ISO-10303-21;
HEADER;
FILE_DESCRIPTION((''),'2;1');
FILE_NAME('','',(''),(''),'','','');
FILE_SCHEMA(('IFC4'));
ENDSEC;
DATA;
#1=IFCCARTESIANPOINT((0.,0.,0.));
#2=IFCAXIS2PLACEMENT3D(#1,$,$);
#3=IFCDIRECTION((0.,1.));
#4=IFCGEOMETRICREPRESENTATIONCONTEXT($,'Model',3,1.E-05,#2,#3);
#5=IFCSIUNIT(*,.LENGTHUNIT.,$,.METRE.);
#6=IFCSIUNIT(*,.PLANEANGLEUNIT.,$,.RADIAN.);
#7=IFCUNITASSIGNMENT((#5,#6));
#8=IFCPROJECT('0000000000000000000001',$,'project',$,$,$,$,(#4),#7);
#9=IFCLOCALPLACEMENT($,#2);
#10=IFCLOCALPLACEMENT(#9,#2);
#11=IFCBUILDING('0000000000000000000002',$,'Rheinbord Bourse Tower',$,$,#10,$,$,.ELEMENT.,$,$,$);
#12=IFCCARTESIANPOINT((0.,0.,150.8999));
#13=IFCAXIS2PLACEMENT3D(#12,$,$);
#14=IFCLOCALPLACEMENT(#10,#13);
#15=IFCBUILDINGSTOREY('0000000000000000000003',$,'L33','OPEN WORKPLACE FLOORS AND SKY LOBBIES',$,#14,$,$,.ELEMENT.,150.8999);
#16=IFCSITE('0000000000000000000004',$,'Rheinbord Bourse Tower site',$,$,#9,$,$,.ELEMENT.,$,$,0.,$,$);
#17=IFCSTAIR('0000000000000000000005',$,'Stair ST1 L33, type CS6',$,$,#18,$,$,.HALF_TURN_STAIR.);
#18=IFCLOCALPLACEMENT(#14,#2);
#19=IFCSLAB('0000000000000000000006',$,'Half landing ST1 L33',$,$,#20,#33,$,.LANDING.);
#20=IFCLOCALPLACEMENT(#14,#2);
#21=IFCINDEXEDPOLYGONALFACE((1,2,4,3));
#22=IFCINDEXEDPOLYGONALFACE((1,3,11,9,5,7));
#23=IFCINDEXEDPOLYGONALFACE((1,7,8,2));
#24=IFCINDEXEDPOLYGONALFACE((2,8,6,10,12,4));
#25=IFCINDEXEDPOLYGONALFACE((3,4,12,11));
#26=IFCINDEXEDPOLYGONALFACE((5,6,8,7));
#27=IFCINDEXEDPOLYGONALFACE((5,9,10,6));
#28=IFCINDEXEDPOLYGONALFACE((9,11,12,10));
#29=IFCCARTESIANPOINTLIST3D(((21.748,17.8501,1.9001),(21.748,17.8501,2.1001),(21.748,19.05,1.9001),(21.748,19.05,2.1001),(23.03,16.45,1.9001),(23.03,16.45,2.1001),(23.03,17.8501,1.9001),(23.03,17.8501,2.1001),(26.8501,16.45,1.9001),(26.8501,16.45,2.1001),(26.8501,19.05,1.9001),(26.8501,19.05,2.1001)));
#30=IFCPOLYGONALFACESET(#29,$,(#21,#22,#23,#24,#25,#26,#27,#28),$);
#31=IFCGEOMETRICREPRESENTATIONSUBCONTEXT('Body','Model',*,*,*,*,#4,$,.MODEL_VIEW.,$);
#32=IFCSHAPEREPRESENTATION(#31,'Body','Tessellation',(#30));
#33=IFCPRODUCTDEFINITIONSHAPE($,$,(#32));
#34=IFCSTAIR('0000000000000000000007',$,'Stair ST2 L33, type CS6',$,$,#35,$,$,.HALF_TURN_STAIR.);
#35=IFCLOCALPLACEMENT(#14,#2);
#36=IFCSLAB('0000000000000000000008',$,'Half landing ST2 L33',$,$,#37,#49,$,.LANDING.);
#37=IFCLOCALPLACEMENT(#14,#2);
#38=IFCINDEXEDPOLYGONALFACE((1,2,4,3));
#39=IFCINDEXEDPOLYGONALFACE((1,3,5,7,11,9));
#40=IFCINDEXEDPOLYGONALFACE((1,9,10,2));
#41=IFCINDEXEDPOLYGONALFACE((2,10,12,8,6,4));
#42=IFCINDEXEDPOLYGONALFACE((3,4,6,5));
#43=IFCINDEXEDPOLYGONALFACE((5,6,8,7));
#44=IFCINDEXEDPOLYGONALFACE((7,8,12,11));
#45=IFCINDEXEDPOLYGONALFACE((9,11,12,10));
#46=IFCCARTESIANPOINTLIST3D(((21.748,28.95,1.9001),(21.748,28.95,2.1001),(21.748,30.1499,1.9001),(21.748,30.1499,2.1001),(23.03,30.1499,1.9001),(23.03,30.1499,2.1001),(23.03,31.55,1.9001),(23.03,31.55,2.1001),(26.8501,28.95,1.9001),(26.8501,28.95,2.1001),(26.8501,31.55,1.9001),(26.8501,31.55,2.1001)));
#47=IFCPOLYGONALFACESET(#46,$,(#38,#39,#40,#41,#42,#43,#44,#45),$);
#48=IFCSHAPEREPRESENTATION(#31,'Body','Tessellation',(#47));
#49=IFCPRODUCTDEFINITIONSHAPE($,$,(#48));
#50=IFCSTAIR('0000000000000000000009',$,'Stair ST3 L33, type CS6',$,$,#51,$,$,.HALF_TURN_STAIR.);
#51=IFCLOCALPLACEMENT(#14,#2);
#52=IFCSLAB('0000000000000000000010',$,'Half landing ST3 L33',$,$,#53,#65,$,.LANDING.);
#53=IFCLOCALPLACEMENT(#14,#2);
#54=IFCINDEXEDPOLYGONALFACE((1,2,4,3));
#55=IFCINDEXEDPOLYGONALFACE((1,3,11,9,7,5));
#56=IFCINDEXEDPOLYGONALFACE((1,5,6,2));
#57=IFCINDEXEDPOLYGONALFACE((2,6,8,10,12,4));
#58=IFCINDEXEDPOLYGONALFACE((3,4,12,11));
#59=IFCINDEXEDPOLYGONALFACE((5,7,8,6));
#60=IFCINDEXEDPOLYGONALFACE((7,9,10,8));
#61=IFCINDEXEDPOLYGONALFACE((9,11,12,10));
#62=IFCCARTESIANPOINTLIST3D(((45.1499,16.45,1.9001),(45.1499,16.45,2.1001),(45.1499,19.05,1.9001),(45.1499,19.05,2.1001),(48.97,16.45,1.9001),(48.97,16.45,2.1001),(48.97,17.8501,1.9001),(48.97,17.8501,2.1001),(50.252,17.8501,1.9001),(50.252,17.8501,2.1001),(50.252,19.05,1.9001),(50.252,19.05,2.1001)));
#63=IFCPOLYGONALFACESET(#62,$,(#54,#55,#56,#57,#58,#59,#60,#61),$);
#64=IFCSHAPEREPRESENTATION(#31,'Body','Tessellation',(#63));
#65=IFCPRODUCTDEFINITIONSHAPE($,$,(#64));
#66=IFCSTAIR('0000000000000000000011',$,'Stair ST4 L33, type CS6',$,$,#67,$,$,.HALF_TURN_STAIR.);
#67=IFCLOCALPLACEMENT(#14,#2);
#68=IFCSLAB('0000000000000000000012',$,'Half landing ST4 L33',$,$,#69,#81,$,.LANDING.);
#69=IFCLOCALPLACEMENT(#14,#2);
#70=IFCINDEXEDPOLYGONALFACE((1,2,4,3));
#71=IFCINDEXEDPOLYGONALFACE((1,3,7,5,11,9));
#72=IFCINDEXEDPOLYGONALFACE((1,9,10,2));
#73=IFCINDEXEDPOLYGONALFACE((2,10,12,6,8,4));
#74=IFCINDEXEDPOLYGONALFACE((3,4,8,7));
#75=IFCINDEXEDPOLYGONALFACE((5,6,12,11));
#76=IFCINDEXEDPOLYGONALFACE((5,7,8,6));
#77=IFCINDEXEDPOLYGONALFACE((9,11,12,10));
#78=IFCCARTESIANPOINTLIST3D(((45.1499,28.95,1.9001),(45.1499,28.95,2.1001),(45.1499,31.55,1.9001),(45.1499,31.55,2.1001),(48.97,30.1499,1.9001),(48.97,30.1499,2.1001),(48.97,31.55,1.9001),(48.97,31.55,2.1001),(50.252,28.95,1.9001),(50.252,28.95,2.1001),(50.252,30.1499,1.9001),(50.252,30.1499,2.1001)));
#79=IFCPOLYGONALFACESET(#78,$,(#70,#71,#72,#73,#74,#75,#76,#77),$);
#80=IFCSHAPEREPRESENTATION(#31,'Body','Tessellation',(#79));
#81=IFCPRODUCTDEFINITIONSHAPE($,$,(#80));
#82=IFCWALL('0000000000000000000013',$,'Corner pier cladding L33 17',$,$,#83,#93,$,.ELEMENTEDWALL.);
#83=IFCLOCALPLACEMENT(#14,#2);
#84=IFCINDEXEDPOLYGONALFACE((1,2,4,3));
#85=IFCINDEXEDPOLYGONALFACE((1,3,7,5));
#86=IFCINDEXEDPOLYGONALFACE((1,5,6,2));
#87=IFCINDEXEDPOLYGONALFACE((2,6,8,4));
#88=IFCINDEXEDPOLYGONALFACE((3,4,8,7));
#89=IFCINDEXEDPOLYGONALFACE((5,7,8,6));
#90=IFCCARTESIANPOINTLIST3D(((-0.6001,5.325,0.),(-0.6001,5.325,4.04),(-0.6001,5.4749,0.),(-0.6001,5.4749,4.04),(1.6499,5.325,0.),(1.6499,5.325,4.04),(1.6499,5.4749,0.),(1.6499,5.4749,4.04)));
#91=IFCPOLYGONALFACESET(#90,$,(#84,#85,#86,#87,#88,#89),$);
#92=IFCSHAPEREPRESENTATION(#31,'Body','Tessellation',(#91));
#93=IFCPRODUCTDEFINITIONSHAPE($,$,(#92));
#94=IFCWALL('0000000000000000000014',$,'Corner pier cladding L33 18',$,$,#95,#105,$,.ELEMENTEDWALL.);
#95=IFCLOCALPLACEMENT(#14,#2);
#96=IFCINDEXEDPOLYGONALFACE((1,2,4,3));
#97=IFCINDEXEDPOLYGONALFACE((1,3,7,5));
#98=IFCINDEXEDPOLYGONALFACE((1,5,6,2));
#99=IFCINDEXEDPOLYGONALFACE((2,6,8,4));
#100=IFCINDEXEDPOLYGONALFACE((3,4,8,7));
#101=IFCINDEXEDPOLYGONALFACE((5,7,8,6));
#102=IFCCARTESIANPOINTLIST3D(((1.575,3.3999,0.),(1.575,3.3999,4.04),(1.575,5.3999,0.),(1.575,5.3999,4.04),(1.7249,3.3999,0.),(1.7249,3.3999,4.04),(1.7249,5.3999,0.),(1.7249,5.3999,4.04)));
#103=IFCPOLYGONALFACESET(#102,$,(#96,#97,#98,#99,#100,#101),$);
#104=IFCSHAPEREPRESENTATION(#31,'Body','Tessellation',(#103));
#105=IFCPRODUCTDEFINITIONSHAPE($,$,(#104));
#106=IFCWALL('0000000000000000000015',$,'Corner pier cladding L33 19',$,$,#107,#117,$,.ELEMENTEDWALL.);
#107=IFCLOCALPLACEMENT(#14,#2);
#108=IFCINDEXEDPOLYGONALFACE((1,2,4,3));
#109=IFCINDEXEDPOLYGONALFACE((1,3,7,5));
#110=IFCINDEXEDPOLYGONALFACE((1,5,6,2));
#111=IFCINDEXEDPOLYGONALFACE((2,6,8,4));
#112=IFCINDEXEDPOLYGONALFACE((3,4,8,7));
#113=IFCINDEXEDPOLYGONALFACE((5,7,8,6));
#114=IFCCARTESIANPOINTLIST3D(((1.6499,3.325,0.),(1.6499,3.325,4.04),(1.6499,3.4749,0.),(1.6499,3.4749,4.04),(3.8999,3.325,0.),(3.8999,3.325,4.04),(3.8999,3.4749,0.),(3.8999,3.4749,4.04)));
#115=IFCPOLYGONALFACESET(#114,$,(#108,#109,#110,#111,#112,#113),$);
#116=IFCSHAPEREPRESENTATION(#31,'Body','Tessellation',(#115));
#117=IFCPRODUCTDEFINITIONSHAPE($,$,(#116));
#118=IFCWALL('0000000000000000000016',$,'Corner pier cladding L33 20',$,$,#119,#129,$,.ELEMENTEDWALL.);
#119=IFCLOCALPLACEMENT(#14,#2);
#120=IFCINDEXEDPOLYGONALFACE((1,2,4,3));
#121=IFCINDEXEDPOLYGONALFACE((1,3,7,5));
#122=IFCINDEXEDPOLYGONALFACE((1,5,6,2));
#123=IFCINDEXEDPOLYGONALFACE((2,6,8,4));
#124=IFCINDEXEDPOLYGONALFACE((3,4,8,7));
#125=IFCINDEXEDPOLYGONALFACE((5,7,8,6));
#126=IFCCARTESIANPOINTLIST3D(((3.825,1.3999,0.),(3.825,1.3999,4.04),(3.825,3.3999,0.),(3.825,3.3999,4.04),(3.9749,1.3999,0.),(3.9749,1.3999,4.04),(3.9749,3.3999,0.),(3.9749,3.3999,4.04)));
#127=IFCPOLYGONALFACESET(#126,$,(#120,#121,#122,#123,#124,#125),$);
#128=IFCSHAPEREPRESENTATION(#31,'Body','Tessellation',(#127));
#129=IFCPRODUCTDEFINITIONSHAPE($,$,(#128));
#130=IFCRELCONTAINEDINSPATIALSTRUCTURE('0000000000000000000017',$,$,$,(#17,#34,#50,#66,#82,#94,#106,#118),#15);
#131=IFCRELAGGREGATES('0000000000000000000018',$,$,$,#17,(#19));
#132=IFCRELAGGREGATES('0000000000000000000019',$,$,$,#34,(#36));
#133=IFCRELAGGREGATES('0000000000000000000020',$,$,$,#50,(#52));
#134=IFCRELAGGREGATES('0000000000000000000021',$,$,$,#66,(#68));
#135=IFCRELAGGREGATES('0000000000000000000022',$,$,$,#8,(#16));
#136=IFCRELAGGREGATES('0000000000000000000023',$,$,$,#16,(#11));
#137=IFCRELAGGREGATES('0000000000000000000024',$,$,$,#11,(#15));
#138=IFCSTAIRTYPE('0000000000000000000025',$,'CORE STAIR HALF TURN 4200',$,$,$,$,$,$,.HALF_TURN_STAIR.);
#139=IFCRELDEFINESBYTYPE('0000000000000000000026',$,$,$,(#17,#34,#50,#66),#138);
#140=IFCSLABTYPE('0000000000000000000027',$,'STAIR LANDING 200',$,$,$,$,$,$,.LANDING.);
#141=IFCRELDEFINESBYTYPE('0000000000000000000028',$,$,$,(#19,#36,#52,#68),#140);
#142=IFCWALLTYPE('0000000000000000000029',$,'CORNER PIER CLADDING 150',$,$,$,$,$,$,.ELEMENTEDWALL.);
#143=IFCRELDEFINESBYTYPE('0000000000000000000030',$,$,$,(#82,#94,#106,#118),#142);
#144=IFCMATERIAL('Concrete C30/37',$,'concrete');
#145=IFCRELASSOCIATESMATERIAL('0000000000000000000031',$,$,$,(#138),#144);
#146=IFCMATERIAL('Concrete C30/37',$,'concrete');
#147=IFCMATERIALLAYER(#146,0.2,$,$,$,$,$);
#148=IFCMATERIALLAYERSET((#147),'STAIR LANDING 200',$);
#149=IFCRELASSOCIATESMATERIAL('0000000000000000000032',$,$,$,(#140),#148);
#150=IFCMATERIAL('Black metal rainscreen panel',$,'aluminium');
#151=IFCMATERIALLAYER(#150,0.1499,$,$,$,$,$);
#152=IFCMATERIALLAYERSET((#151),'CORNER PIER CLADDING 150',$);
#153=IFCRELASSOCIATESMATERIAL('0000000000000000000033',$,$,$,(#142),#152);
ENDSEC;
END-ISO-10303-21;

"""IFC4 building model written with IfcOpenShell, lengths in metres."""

from ifc_helpers import new_model, si_unit, direction, frame, frame_2d, origin, place, context, subcontext, project, spatial, polyline, rectangle, outline, extrude, material, layer, layer_set, type_object, element, aggregate, save


model = new_model("IFC4")

# Units and contexts
model_context = context("Model", 3, precision=1e-05, world=origin(), true_north=direction((0.0, 1.0)))
body_context = subcontext(model_context, "Body", "Model", "MODEL_VIEW")
ifc_project = project(units=[si_unit("LENGTHUNIT", "METRE"), si_unit("PLANEANGLEUNIT", "RADIAN")], contexts=[model_context])

# Site, building, storey
site_placement = place(None, origin())
site = spatial("IfcSite", under=ifc_project, at=site_placement, Name="Rheinbord Bourse Tower site", CompositionType="ELEMENT", RefElevation=0.0)
building_placement = place(site_placement, origin())
building = spatial("IfcBuilding", under=site, at=building_placement, Name="Rheinbord Bourse Tower", CompositionType="ELEMENT")
storey_placement = place(building_placement, frame((0.0, 0.0, 150.8999)))
storey = spatial("IfcBuildingStorey", under=building, at=storey_placement, Name="L33", Description="OPEN WORKPLACE FLOORS AND SKY LOBBIES", CompositionType="ELEMENT", Elevation=150.8999)

# Stairs, slabs
ifc_material_1 = material(Name="Concrete C30/37", Category="concrete")
stair_type = type_object("IfcStairType", Name="CORE STAIR HALF TURN 4200", PredefinedType="HALF_TURN_STAIR", material=ifc_material_1)
stair_1_placement = place(storey_placement, origin())
stair_1 = element("IfcStair", 1, at=stair_1_placement, inside=storey, type_object=stair_type, Name="Stair ST1 L33, type CS6", PredefinedType="HALF_TURN_STAIR")
ifc_material_2 = material(Name="Concrete C30/37", Category="concrete")
ifc_layer_1 = layer(ifc_material_2, 0.2)
ifc_layer_set_1 = layer_set([ifc_layer_1], Name="STAIR LANDING 200")
slab_type_1 = type_object("IfcSlabType", Name="STAIR LANDING 200", PredefinedType="LANDING", material=ifc_layer_set_1)
slab_1_placement = place(storey_placement, frame((0.0, 0.0, 1.9001)))
slab_1 = element("IfcSlab", 2, at=slab_1_placement, type_object=slab_type_1, Name="Half landing ST1 L33", PredefinedType="LANDING", context=body_context, shape_type="SweptSolid", body=[
    extrude(outline(polyline([(23.03, 16.45), (26.8501, 16.45), (26.8501, 19.05), (21.748, 19.05), (21.748, 17.8501), (23.03, 17.8501), (23.03, 16.45)])), origin(), (0.0, 0.0, 1.0), 0.2),
])
aggregate(stair_1, [slab_1])
stair_2_placement = place(storey_placement, origin())
stair_2 = element("IfcStair", 3, at=stair_2_placement, inside=storey, type_object=stair_type, Name="Stair ST2 L33, type CS6", PredefinedType="HALF_TURN_STAIR")
slab_2_placement = place(storey_placement, frame((0.0, 0.0, 1.9001)))
slab_2 = element("IfcSlab", 4, at=slab_2_placement, type_object=slab_type_1, Name="Half landing ST2 L33", PredefinedType="LANDING", context=body_context, shape_type="SweptSolid", body=[
    extrude(outline(polyline([(21.748, 28.95), (26.8501, 28.95), (26.8501, 31.55), (23.03, 31.55), (23.03, 30.1499), (21.748, 30.1499), (21.748, 28.95)])), origin(), (0.0, 0.0, 1.0), 0.2),
])
aggregate(stair_2, [slab_2])
stair_3_placement = place(storey_placement, origin())
stair_3 = element("IfcStair", 5, at=stair_3_placement, inside=storey, type_object=stair_type, Name="Stair ST3 L33, type CS6", PredefinedType="HALF_TURN_STAIR")
slab_3_placement = place(storey_placement, frame((0.0, 0.0, 1.9001)))
slab_3 = element("IfcSlab", 6, at=slab_3_placement, type_object=slab_type_1, Name="Half landing ST3 L33", PredefinedType="LANDING", context=body_context, shape_type="SweptSolid", body=[
    extrude(outline(polyline([(45.1499, 16.45), (48.97, 16.45), (48.97, 17.8501), (50.252, 17.8501), (50.252, 19.05), (45.1499, 19.05), (45.1499, 16.45)])), origin(), (0.0, 0.0, 1.0), 0.2),
])
aggregate(stair_3, [slab_3])
stair_4_placement = place(storey_placement, origin())
stair_4 = element("IfcStair", 7, at=stair_4_placement, inside=storey, type_object=stair_type, Name="Stair ST4 L33, type CS6", PredefinedType="HALF_TURN_STAIR")
slab_4_placement = place(storey_placement, frame((0.0, 0.0, 1.9001)))
slab_4 = element("IfcSlab", 8, at=slab_4_placement, type_object=slab_type_1, Name="Half landing ST4 L33", PredefinedType="LANDING", context=body_context, shape_type="SweptSolid", body=[
    extrude(outline(polyline([(45.1499, 28.95), (50.252, 28.95), (50.252, 30.1499), (48.97, 30.1499), (48.97, 31.55), (45.1499, 31.55), (45.1499, 28.95)])), origin(), (0.0, 0.0, 1.0), 0.2),
])
aggregate(stair_4, [slab_4])

# Walls
ifc_material_3 = material(Name="Black metal rainscreen panel", Category="aluminium")
ifc_layer_2 = layer(ifc_material_3, 0.1499)
ifc_layer_set_2 = layer_set([ifc_layer_2], Name="CORNER PIER CLADDING 150")
wall_type = type_object("IfcWallType", Name="CORNER PIER CLADDING 150", PredefinedType="ELEMENTEDWALL", material=ifc_layer_set_2)
wall_1_placement = place(storey_placement, frame((-0.6001, 5.3999, 0.0), z_axis=(0.0, 0.0, 1.0), x_axis=(1.0, 0.0, 0.0)))
element("IfcWall", 9, at=wall_1_placement, inside=storey, type_object=wall_type, Name="Corner pier cladding L33 17", PredefinedType="ELEMENTEDWALL", context=body_context, shape_type="SweptSolid", body=[
    extrude(rectangle(XDim=2.25, YDim=0.1499, at=frame_2d((1.125, 0.0))), origin(), (0.0, 0.0, 1.0), 4.04),
])
wall_2_placement = place(storey_placement, frame((1.6499, 5.3999, 0.0), z_axis=(0.0, 0.0, 1.0), x_axis=(0.0, -1.0, 0.0)))
element("IfcWall", 10, at=wall_2_placement, inside=storey, type_object=wall_type, Name="Corner pier cladding L33 18", PredefinedType="ELEMENTEDWALL", context=body_context, shape_type="SweptSolid", body=[
    extrude(rectangle(XDim=2.0, YDim=0.1499, at=frame_2d((1.0, 0.0))), origin(), (0.0, 0.0, 1.0), 4.04),
])
wall_3_placement = place(storey_placement, frame((1.6499, 3.3999, 0.0), z_axis=(0.0, 0.0, 1.0), x_axis=(1.0, 0.0, 0.0)))
element("IfcWall", 11, at=wall_3_placement, inside=storey, type_object=wall_type, Name="Corner pier cladding L33 19", PredefinedType="ELEMENTEDWALL", context=body_context, shape_type="SweptSolid", body=[
    extrude(rectangle(XDim=2.25, YDim=0.1499, at=frame_2d((1.125, 0.0))), origin(), (0.0, 0.0, 1.0), 4.04),
])
wall_4_placement = place(storey_placement, frame((3.8999, 3.3999, 0.0), z_axis=(0.0, 0.0, 1.0), x_axis=(0.0, -1.0, 0.0)))
element("IfcWall", 12, at=wall_4_placement, inside=storey, type_object=wall_type, Name="Corner pier cladding L33 20", PredefinedType="ELEMENTEDWALL", context=body_context, shape_type="SweptSolid", body=[
    extrude(rectangle(XDim=2.0, YDim=0.1499, at=frame_2d((1.0, 0.0))), origin(), (0.0, 0.0, 1.0), 4.04),
])

save(model, "model.ifc")
